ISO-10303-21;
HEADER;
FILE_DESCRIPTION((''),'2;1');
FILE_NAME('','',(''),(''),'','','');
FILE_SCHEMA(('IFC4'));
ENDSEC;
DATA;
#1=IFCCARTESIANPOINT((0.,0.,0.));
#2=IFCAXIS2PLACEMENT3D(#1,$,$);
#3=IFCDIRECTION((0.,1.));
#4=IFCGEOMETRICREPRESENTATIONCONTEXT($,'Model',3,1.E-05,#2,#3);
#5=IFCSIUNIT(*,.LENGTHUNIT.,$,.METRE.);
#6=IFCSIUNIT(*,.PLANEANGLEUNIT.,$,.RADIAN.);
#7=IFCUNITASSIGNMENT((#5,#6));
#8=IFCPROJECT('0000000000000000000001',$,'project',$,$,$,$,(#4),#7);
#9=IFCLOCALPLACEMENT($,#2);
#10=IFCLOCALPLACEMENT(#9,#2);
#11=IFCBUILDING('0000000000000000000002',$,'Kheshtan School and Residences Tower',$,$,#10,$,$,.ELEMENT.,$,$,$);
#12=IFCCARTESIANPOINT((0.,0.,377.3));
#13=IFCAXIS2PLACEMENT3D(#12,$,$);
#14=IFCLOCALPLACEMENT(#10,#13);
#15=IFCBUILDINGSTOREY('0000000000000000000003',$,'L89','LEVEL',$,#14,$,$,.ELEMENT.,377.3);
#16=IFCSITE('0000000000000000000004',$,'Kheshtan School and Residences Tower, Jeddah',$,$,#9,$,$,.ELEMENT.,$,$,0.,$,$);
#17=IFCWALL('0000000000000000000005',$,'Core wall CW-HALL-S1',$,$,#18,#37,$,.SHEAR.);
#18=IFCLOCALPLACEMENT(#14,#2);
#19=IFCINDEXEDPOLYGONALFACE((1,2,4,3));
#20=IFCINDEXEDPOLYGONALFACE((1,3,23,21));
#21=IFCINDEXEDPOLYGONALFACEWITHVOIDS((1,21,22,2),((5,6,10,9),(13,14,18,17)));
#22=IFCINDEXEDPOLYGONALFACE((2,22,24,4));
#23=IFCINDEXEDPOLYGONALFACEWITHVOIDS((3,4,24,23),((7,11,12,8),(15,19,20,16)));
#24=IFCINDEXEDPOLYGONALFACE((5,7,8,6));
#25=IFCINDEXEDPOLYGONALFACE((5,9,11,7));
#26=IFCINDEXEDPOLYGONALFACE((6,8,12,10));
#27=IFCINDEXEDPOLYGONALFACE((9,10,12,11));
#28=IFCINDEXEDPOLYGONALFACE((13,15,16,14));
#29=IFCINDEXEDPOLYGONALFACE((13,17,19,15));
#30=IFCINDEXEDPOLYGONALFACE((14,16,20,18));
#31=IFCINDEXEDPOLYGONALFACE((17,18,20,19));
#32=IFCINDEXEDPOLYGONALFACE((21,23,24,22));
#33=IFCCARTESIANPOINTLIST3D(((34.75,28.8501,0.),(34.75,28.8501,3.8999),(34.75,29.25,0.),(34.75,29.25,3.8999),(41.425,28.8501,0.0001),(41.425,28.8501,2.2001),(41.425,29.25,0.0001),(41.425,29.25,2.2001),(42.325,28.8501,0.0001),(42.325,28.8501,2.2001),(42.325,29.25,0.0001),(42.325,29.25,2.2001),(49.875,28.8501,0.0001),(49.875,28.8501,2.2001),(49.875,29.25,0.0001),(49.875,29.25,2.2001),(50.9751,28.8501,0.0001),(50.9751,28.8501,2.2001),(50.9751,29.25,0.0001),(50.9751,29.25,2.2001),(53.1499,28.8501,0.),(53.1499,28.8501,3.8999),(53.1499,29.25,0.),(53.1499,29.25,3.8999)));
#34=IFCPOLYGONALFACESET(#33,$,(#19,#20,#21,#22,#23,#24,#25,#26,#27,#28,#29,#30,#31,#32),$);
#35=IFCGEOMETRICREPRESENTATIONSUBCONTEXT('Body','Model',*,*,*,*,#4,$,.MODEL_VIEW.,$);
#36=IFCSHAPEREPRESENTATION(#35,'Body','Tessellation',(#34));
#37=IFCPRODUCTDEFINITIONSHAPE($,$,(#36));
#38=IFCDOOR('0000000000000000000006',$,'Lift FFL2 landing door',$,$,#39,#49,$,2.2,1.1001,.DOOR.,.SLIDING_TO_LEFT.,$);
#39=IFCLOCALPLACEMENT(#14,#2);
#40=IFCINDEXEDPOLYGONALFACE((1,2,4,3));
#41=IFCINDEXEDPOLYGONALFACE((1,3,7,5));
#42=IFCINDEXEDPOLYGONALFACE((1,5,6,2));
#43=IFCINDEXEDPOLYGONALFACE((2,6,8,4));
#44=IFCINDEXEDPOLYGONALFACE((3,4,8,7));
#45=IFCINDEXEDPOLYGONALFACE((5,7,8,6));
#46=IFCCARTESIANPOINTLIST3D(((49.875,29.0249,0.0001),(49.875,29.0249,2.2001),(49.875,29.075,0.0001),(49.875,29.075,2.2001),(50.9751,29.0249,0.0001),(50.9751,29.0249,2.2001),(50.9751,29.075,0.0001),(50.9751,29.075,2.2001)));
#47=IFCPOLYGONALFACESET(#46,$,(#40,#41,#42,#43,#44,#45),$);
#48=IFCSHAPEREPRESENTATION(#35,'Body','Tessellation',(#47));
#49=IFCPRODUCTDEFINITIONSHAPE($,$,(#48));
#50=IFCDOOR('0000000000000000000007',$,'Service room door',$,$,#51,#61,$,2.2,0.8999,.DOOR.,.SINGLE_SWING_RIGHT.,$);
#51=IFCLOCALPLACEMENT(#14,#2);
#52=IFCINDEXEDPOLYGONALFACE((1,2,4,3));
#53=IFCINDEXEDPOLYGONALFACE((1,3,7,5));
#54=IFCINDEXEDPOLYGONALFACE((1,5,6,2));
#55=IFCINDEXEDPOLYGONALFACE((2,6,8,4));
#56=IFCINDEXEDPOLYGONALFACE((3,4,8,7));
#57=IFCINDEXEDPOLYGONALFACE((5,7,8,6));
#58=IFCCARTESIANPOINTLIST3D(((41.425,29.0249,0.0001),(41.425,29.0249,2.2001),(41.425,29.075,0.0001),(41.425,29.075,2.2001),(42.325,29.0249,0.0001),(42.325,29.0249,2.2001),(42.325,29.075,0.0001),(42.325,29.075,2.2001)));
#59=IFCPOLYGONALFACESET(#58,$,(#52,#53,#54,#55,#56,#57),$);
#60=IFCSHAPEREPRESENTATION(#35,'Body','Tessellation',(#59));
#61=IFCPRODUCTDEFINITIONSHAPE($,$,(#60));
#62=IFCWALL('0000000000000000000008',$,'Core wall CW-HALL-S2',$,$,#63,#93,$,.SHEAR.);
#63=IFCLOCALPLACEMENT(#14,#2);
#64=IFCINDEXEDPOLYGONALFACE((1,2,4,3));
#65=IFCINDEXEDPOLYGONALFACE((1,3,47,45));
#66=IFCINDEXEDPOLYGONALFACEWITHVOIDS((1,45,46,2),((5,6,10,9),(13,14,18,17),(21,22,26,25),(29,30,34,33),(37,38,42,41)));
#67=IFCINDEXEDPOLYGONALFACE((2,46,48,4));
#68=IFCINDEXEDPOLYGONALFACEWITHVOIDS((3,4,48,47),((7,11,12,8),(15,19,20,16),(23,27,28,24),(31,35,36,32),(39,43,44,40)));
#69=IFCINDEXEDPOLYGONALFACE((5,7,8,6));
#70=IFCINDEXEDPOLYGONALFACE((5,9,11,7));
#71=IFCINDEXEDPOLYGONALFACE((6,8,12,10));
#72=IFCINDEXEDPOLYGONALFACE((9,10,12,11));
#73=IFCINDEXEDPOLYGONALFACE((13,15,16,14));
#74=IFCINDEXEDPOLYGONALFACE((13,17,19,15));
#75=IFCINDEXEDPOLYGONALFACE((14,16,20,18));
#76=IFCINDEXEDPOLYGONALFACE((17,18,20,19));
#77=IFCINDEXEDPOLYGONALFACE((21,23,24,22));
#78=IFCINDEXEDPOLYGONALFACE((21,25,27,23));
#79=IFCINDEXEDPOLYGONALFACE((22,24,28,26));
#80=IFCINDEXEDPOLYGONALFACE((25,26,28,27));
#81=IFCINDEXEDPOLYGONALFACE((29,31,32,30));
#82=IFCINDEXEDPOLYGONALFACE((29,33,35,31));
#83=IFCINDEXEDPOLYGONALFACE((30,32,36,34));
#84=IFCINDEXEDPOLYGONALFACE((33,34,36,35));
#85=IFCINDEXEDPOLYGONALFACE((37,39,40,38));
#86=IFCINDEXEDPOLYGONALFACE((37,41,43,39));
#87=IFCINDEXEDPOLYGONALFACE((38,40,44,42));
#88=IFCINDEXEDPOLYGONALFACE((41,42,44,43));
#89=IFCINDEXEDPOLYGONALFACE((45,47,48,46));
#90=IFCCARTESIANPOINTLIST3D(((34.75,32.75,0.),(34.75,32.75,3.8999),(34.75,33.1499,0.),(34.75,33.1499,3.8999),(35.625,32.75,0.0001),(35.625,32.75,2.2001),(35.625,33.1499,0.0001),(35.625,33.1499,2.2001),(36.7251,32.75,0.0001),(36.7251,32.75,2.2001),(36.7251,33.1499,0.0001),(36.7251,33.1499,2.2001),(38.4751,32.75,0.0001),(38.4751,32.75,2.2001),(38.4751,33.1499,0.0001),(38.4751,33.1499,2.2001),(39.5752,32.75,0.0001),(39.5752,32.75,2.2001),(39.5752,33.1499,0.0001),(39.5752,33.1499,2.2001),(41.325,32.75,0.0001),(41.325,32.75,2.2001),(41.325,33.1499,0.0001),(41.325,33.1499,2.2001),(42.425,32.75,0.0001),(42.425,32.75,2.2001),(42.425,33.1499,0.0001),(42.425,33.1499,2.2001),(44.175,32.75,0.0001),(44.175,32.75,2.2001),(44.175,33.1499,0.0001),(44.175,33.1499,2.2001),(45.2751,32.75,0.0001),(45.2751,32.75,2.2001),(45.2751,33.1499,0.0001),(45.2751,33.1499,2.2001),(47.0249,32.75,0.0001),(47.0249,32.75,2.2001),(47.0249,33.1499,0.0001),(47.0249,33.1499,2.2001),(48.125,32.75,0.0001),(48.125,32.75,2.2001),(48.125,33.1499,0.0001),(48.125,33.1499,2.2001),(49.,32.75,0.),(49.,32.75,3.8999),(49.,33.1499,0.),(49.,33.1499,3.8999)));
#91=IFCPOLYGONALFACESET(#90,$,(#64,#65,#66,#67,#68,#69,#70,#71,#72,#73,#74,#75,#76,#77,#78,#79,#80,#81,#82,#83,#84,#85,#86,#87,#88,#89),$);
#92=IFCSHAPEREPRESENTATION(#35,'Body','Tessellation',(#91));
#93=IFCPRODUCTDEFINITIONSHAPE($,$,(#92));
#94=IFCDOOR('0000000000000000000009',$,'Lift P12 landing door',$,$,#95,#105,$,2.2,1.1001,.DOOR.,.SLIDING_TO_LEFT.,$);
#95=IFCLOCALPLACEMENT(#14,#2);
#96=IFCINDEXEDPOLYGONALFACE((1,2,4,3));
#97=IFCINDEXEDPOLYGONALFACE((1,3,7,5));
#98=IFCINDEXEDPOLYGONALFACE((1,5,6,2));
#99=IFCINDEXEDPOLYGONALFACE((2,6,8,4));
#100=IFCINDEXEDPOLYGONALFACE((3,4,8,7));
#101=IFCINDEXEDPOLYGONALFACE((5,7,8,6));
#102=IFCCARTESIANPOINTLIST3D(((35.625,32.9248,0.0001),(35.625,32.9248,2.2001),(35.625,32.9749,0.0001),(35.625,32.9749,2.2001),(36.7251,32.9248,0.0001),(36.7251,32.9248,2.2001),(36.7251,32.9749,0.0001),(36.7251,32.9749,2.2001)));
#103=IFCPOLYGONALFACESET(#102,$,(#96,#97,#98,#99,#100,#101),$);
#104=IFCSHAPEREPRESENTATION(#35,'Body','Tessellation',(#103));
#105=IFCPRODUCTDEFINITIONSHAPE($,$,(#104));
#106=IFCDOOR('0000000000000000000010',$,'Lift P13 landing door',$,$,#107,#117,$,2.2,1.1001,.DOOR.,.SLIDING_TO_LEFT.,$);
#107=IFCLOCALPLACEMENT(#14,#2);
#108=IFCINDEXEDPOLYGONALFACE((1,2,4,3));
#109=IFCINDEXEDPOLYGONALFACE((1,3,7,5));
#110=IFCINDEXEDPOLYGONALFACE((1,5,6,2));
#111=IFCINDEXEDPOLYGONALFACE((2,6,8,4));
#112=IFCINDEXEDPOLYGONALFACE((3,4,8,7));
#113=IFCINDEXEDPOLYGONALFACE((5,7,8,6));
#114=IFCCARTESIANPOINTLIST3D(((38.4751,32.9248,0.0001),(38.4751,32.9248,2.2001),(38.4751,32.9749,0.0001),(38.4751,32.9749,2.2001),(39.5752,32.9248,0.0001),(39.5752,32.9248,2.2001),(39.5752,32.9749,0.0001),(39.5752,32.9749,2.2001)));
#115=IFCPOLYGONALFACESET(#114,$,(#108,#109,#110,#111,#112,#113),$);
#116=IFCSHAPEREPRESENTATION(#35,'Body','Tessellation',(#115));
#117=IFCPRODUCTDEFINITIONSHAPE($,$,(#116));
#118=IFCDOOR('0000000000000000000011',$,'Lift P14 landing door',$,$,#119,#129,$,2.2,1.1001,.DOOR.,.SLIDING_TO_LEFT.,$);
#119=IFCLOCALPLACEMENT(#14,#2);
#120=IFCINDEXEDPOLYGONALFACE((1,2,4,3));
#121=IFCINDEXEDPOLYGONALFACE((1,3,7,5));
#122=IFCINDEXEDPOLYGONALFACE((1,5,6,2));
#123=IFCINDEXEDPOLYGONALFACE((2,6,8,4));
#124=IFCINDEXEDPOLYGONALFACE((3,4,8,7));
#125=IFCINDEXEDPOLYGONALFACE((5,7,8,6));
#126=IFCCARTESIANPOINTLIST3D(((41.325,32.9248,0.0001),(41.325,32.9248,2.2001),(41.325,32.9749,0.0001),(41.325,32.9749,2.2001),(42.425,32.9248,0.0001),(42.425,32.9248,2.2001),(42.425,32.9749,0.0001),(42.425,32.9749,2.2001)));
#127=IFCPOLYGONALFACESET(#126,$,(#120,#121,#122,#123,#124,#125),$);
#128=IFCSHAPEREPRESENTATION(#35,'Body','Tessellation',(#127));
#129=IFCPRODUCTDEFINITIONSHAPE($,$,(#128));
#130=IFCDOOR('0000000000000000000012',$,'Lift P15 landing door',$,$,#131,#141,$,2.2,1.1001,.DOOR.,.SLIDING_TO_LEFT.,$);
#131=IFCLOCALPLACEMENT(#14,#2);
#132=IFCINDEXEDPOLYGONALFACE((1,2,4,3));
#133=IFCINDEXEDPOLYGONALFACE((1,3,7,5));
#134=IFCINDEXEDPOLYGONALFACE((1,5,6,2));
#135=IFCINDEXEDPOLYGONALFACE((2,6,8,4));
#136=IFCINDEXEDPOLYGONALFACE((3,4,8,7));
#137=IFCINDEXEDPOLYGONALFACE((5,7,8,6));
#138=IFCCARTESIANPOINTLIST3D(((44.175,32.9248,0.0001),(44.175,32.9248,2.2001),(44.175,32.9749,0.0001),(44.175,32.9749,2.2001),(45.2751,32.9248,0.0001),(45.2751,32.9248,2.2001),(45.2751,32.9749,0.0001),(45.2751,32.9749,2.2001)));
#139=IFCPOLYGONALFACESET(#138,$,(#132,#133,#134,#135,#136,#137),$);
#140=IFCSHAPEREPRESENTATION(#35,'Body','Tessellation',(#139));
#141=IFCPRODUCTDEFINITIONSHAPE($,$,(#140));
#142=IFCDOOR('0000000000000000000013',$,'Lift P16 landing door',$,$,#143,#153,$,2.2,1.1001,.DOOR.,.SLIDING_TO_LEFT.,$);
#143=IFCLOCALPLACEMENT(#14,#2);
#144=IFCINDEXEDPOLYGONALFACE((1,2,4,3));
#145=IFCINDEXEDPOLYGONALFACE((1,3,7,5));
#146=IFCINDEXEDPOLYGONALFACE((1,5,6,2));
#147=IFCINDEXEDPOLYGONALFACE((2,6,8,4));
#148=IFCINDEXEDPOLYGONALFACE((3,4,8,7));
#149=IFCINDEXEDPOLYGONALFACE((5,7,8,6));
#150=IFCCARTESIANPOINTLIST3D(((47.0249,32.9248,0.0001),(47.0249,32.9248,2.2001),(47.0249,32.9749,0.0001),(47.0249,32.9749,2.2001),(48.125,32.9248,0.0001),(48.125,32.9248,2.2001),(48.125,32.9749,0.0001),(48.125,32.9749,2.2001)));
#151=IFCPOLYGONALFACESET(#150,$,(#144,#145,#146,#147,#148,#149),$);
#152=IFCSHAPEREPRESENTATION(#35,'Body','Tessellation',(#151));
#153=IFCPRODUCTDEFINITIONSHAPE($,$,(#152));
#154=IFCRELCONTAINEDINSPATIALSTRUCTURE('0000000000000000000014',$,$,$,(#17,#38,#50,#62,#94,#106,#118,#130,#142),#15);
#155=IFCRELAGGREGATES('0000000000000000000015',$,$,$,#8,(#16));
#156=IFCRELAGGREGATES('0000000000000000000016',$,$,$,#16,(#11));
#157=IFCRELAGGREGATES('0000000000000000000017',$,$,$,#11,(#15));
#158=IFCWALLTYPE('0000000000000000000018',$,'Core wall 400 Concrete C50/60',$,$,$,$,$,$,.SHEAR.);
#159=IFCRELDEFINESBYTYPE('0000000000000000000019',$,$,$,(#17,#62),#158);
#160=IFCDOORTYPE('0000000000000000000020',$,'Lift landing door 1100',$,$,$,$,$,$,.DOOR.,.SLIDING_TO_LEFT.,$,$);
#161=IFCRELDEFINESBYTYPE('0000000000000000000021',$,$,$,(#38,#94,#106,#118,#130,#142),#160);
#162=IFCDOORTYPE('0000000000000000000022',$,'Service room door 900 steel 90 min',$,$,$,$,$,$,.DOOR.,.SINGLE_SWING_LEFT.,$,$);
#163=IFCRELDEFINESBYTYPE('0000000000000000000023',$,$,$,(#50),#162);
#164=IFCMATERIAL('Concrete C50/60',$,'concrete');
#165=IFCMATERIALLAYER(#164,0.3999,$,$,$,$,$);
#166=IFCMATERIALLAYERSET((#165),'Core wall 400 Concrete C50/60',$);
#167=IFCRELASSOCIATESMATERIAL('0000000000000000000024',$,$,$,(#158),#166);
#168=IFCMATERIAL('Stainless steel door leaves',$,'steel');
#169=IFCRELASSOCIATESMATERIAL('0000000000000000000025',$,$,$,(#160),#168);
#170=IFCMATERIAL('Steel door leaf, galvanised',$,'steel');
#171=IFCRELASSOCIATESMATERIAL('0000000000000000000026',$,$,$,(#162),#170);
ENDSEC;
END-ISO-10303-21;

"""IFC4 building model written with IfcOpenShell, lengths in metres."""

from ifc_helpers import new_model, si_unit, direction, frame, frame_2d, origin, place, context, subcontext, project, spatial, rectangle, extrude, source, transform, mapped, material, layer, layer_set, type_object, element, fill, save


model = new_model("IFC4")

# Units and contexts
model_context = context("Model", 3, precision=1e-05, world=origin(), true_north=direction((0.0, 1.0)))
body_context = subcontext(model_context, "Body", "Model", "MODEL_VIEW")
ifc_project = project(units=[si_unit("LENGTHUNIT", "METRE"), si_unit("PLANEANGLEUNIT", "RADIAN")], contexts=[model_context])

# Site, building, storey
site_placement = place(None, origin())
site = spatial("IfcSite", under=ifc_project, at=site_placement, Name="Kheshtan School and Residences Tower, Jeddah", CompositionType="ELEMENT", RefElevation=0.0)
building_placement = place(site_placement, origin())
building = spatial("IfcBuilding", under=site, at=building_placement, Name="Kheshtan School and Residences Tower", CompositionType="ELEMENT")
storey_placement = place(building_placement, frame((0.0, 0.0, 377.3)))
storey = spatial("IfcBuildingStorey", under=building, at=storey_placement, Name="L89", Description="LEVEL", CompositionType="ELEMENT", Elevation=377.3)

# Walls, openings, doors
ifc_material_1 = material(Name="Concrete C50/60", Category="concrete")
ifc_layer_1 = layer(ifc_material_1, 0.3999)
ifc_layer_set_1 = layer_set([ifc_layer_1], Name="Core wall 400 Concrete C50/60")
wall_type_1 = type_object("IfcWallType", Name="Core wall 400 Concrete C50/60", PredefinedType="SHEAR", material=ifc_layer_set_1)
wall_1_placement = place(storey_placement, frame((34.75, 29.05, 0.0), z_axis=(0.0, 0.0, 1.0), x_axis=(1.0, 0.0, 0.0)))
wall_1 = element("IfcWall", 1, at=wall_1_placement, inside=storey, type_object=wall_type_1, Name="Core wall CW-HALL-S1", PredefinedType="SHEAR", context=body_context, shape_type="SweptSolid", body=[
    extrude(rectangle(XDim=18.3999, YDim=0.3999, at=frame_2d((9.2, 0.0))), origin(), (0.0, 0.0, 1.0), 3.8999),
])
opening_1_placement = place(wall_1_placement, frame((15.125, 0.0, 0.0)))
opening_1 = element("IfcOpeningElement", 2, at=opening_1_placement, cuts=wall_1, PredefinedType="OPENING", context=body_context, shape_type="SweptSolid", body=[
    extrude(rectangle(XDim=1.1001, YDim=2.2, at=frame_2d((0.55, 1.1001))), frame((0.0, 0.21, 0.0), z_axis=(0.0, -1.0, 0.0), x_axis=(1.0, 0.0, 0.0)), (0.0, 0.0, 1.0), 0.4199),
])
opening_2_placement = place(wall_1_placement, frame((6.675, 0.0, 0.0)))
opening_2 = element("IfcOpeningElement", 3, at=opening_2_placement, cuts=wall_1, PredefinedType="OPENING", context=body_context, shape_type="SweptSolid", body=[
    extrude(rectangle(XDim=0.8999, YDim=2.2, at=frame_2d((0.45, 1.1001))), frame((0.0, 0.21, 0.0), z_axis=(0.0, -1.0, 0.0), x_axis=(1.0, 0.0, 0.0)), (0.0, 0.0, 1.0), 0.4199),
])
ifc_material_2 = material(Name="Stainless steel door leaves", Category="steel")
door_type_1 = type_object("IfcDoorType", Name="Lift landing door 1100", OperationType="SLIDING_TO_LEFT", PredefinedType="DOOR", material=ifc_material_2)
shared_shape_1 = source(origin(), body_context, "Body", "SweptSolid", [
    extrude(rectangle(XDim=1.1001, YDim=2.2, at=frame_2d((0.55, 1.1001))), frame((0.0, 0.0249, 0.0), z_axis=(0.0, -1.0, 0.0), x_axis=(1.0, 0.0, 0.0)), (0.0, 0.0, 1.0), 0.05),
])
door_1_placement = place(opening_1_placement, origin())
door_1 = element("IfcDoor", 4, at=door_1_placement, inside=storey, type_object=door_type_1, Name="Lift FFL2 landing door", OperationType="SLIDING_TO_LEFT", OverallHeight=2.2, OverallWidth=1.1001, PredefinedType="DOOR", context=body_context, shape_type="MappedRepresentation", body=[
    mapped(shared_shape_1, transform((0.0, 0.0, 0.0), x_axis=(1.0, 0.0, 0.0), y_axis=(0.0, 1.0, 0.0), z_axis=(0.0, 0.0, 1.0), scale=1.0)),
])
fill(opening_1, door_1)
ifc_material_3 = material(Name="Steel door leaf, galvanised", Category="steel")
door_type_2 = type_object("IfcDoorType", Name="Service room door 900 steel 90 min", OperationType="SINGLE_SWING_LEFT", PredefinedType="DOOR", material=ifc_material_3)
shared_shape_2 = source(origin(), body_context, "Body", "SweptSolid", [
    extrude(rectangle(XDim=0.8999, YDim=2.2, at=frame_2d((0.45, 1.1001))), frame((0.0, 0.0249, 0.0), z_axis=(0.0, -1.0, 0.0), x_axis=(1.0, 0.0, 0.0)), (0.0, 0.0, 1.0), 0.05),
])
door_2_placement = place(opening_2_placement, origin())
door_2 = element("IfcDoor", 5, at=door_2_placement, inside=storey, type_object=door_type_2, Name="Service room door", OperationType="SINGLE_SWING_RIGHT", OverallHeight=2.2, OverallWidth=0.8999, PredefinedType="DOOR", context=body_context, shape_type="MappedRepresentation", body=[
    mapped(shared_shape_2, transform((0.0, 0.0, 0.0), x_axis=(1.0, 0.0, 0.0), y_axis=(0.0, 1.0, 0.0), z_axis=(0.0, 0.0, 1.0), scale=1.0)),
])
fill(opening_2, door_2)
wall_2_placement = place(storey_placement, frame((34.75, 32.95, 0.0), z_axis=(0.0, 0.0, 1.0), x_axis=(1.0, 0.0, 0.0)))
wall_2 = element("IfcWall", 6, at=wall_2_placement, inside=storey, type_object=wall_type_1, Name="Core wall CW-HALL-S2", PredefinedType="SHEAR", context=body_context, shape_type="SweptSolid", body=[
    extrude(rectangle(XDim=14.25, YDim=0.3999, at=frame_2d((7.125, 0.0))), origin(), (0.0, 0.0, 1.0), 3.8999),
])
opening_3_placement = place(wall_2_placement, frame((0.875, 0.0, 0.0)))
opening_3 = element("IfcOpeningElement", 7, at=opening_3_placement, cuts=wall_2, PredefinedType="OPENING", context=body_context, shape_type="SweptSolid", body=[
    extrude(rectangle(XDim=1.1001, YDim=2.2, at=frame_2d((0.55, 1.1001))), frame((0.0, 0.21, 0.0), z_axis=(0.0, -1.0, 0.0), x_axis=(1.0, 0.0, 0.0)), (0.0, 0.0, 1.0), 0.4199),
])
opening_4_placement = place(wall_2_placement, frame((3.7251, 0.0, 0.0)))
opening_4 = element("IfcOpeningElement", 8, at=opening_4_placement, cuts=wall_2, PredefinedType="OPENING", context=body_context, shape_type="SweptSolid", body=[
    extrude(rectangle(XDim=1.1001, YDim=2.2, at=frame_2d((0.55, 1.1001))), frame((0.0, 0.21, 0.0), z_axis=(0.0, -1.0, 0.0), x_axis=(1.0, 0.0, 0.0)), (0.0, 0.0, 1.0), 0.4199),
])
opening_5_placement = place(wall_2_placement, frame((6.575, 0.0, 0.0)))
opening_5 = element("IfcOpeningElement", 9, at=opening_5_placement, cuts=wall_2, PredefinedType="OPENING", context=body_context, shape_type="SweptSolid", body=[
    extrude(rectangle(XDim=1.1001, YDim=2.2, at=frame_2d((0.55, 1.1001))), frame((0.0, 0.21, 0.0), z_axis=(0.0, -1.0, 0.0), x_axis=(1.0, 0.0, 0.0)), (0.0, 0.0, 1.0), 0.4199),
])
opening_6_placement = place(wall_2_placement, frame((9.425, 0.0, 0.0)))
opening_6 = element("IfcOpeningElement", 10, at=opening_6_placement, cuts=wall_2, PredefinedType="OPENING", context=body_context, shape_type="SweptSolid", body=[
    extrude(rectangle(XDim=1.1001, YDim=2.2, at=frame_2d((0.55, 1.1001))), frame((0.0, 0.21, 0.0), z_axis=(0.0, -1.0, 0.0), x_axis=(1.0, 0.0, 0.0)), (0.0, 0.0, 1.0), 0.4199),
])
opening_7_placement = place(wall_2_placement, frame((12.2749, 0.0, 0.0)))
opening_7 = element("IfcOpeningElement", 11, at=opening_7_placement, cuts=wall_2, PredefinedType="OPENING", context=body_context, shape_type="SweptSolid", body=[
    extrude(rectangle(XDim=1.1001, YDim=2.2, at=frame_2d((0.55, 1.1001))), frame((0.0, 0.21, 0.0), z_axis=(0.0, -1.0, 0.0), x_axis=(1.0, 0.0, 0.0)), (0.0, 0.0, 1.0), 0.4199),
])
door_3_placement = place(opening_3_placement, origin())
door_3 = element("IfcDoor", 12, at=door_3_placement, inside=storey, type_object=door_type_1, Name="Lift P12 landing door", OperationType="SLIDING_TO_LEFT", OverallHeight=2.2, OverallWidth=1.1001, PredefinedType="DOOR", context=body_context, shape_type="MappedRepresentation", body=[
    mapped(shared_shape_1, transform((0.0, 0.0, 0.0), x_axis=(1.0, 0.0, 0.0), y_axis=(0.0, 1.0, 0.0), z_axis=(0.0, 0.0, 1.0), scale=1.0)),
])
fill(opening_3, door_3)
door_4_placement = place(opening_4_placement, origin())
door_4 = element("IfcDoor", 13, at=door_4_placement, inside=storey, type_object=door_type_1, Name="Lift P13 landing door", OperationType="SLIDING_TO_LEFT", OverallHeight=2.2, OverallWidth=1.1001, PredefinedType="DOOR", context=body_context, shape_type="MappedRepresentation", body=[
    mapped(shared_shape_1, transform((0.0, 0.0, 0.0), x_axis=(1.0, 0.0, 0.0), y_axis=(0.0, 1.0, 0.0), z_axis=(0.0, 0.0, 1.0), scale=1.0)),
])
fill(opening_4, door_4)
door_5_placement = place(opening_5_placement, origin())
door_5 = element("IfcDoor", 14, at=door_5_placement, inside=storey, type_object=door_type_1, Name="Lift P14 landing door", OperationType="SLIDING_TO_LEFT", OverallHeight=2.2, OverallWidth=1.1001, PredefinedType="DOOR", context=body_context, shape_type="MappedRepresentation", body=[
    mapped(shared_shape_1, transform((0.0, 0.0, 0.0), x_axis=(1.0, 0.0, 0.0), y_axis=(0.0, 1.0, 0.0), z_axis=(0.0, 0.0, 1.0), scale=1.0)),
])
fill(opening_5, door_5)
door_6_placement = place(opening_6_placement, origin())
door_6 = element("IfcDoor", 15, at=door_6_placement, inside=storey, type_object=door_type_1, Name="Lift P15 landing door", OperationType="SLIDING_TO_LEFT", OverallHeight=2.2, OverallWidth=1.1001, PredefinedType="DOOR", context=body_context, shape_type="MappedRepresentation", body=[
    mapped(shared_shape_1, transform((0.0, 0.0, 0.0), x_axis=(1.0, 0.0, 0.0), y_axis=(0.0, 1.0, 0.0), z_axis=(0.0, 0.0, 1.0), scale=1.0)),
])
fill(opening_6, door_6)
door_7_placement = place(opening_7_placement, origin())
door_7 = element("IfcDoor", 16, at=door_7_placement, inside=storey, type_object=door_type_1, Name="Lift P16 landing door", OperationType="SLIDING_TO_LEFT", OverallHeight=2.2, OverallWidth=1.1001, PredefinedType="DOOR", context=body_context, shape_type="MappedRepresentation", body=[
    mapped(shared_shape_1, transform((0.0, 0.0, 0.0), x_axis=(1.0, 0.0, 0.0), y_axis=(0.0, 1.0, 0.0), z_axis=(0.0, 0.0, 1.0), scale=1.0)),
])
fill(opening_7, door_7)

save(model, "model.ifc")
